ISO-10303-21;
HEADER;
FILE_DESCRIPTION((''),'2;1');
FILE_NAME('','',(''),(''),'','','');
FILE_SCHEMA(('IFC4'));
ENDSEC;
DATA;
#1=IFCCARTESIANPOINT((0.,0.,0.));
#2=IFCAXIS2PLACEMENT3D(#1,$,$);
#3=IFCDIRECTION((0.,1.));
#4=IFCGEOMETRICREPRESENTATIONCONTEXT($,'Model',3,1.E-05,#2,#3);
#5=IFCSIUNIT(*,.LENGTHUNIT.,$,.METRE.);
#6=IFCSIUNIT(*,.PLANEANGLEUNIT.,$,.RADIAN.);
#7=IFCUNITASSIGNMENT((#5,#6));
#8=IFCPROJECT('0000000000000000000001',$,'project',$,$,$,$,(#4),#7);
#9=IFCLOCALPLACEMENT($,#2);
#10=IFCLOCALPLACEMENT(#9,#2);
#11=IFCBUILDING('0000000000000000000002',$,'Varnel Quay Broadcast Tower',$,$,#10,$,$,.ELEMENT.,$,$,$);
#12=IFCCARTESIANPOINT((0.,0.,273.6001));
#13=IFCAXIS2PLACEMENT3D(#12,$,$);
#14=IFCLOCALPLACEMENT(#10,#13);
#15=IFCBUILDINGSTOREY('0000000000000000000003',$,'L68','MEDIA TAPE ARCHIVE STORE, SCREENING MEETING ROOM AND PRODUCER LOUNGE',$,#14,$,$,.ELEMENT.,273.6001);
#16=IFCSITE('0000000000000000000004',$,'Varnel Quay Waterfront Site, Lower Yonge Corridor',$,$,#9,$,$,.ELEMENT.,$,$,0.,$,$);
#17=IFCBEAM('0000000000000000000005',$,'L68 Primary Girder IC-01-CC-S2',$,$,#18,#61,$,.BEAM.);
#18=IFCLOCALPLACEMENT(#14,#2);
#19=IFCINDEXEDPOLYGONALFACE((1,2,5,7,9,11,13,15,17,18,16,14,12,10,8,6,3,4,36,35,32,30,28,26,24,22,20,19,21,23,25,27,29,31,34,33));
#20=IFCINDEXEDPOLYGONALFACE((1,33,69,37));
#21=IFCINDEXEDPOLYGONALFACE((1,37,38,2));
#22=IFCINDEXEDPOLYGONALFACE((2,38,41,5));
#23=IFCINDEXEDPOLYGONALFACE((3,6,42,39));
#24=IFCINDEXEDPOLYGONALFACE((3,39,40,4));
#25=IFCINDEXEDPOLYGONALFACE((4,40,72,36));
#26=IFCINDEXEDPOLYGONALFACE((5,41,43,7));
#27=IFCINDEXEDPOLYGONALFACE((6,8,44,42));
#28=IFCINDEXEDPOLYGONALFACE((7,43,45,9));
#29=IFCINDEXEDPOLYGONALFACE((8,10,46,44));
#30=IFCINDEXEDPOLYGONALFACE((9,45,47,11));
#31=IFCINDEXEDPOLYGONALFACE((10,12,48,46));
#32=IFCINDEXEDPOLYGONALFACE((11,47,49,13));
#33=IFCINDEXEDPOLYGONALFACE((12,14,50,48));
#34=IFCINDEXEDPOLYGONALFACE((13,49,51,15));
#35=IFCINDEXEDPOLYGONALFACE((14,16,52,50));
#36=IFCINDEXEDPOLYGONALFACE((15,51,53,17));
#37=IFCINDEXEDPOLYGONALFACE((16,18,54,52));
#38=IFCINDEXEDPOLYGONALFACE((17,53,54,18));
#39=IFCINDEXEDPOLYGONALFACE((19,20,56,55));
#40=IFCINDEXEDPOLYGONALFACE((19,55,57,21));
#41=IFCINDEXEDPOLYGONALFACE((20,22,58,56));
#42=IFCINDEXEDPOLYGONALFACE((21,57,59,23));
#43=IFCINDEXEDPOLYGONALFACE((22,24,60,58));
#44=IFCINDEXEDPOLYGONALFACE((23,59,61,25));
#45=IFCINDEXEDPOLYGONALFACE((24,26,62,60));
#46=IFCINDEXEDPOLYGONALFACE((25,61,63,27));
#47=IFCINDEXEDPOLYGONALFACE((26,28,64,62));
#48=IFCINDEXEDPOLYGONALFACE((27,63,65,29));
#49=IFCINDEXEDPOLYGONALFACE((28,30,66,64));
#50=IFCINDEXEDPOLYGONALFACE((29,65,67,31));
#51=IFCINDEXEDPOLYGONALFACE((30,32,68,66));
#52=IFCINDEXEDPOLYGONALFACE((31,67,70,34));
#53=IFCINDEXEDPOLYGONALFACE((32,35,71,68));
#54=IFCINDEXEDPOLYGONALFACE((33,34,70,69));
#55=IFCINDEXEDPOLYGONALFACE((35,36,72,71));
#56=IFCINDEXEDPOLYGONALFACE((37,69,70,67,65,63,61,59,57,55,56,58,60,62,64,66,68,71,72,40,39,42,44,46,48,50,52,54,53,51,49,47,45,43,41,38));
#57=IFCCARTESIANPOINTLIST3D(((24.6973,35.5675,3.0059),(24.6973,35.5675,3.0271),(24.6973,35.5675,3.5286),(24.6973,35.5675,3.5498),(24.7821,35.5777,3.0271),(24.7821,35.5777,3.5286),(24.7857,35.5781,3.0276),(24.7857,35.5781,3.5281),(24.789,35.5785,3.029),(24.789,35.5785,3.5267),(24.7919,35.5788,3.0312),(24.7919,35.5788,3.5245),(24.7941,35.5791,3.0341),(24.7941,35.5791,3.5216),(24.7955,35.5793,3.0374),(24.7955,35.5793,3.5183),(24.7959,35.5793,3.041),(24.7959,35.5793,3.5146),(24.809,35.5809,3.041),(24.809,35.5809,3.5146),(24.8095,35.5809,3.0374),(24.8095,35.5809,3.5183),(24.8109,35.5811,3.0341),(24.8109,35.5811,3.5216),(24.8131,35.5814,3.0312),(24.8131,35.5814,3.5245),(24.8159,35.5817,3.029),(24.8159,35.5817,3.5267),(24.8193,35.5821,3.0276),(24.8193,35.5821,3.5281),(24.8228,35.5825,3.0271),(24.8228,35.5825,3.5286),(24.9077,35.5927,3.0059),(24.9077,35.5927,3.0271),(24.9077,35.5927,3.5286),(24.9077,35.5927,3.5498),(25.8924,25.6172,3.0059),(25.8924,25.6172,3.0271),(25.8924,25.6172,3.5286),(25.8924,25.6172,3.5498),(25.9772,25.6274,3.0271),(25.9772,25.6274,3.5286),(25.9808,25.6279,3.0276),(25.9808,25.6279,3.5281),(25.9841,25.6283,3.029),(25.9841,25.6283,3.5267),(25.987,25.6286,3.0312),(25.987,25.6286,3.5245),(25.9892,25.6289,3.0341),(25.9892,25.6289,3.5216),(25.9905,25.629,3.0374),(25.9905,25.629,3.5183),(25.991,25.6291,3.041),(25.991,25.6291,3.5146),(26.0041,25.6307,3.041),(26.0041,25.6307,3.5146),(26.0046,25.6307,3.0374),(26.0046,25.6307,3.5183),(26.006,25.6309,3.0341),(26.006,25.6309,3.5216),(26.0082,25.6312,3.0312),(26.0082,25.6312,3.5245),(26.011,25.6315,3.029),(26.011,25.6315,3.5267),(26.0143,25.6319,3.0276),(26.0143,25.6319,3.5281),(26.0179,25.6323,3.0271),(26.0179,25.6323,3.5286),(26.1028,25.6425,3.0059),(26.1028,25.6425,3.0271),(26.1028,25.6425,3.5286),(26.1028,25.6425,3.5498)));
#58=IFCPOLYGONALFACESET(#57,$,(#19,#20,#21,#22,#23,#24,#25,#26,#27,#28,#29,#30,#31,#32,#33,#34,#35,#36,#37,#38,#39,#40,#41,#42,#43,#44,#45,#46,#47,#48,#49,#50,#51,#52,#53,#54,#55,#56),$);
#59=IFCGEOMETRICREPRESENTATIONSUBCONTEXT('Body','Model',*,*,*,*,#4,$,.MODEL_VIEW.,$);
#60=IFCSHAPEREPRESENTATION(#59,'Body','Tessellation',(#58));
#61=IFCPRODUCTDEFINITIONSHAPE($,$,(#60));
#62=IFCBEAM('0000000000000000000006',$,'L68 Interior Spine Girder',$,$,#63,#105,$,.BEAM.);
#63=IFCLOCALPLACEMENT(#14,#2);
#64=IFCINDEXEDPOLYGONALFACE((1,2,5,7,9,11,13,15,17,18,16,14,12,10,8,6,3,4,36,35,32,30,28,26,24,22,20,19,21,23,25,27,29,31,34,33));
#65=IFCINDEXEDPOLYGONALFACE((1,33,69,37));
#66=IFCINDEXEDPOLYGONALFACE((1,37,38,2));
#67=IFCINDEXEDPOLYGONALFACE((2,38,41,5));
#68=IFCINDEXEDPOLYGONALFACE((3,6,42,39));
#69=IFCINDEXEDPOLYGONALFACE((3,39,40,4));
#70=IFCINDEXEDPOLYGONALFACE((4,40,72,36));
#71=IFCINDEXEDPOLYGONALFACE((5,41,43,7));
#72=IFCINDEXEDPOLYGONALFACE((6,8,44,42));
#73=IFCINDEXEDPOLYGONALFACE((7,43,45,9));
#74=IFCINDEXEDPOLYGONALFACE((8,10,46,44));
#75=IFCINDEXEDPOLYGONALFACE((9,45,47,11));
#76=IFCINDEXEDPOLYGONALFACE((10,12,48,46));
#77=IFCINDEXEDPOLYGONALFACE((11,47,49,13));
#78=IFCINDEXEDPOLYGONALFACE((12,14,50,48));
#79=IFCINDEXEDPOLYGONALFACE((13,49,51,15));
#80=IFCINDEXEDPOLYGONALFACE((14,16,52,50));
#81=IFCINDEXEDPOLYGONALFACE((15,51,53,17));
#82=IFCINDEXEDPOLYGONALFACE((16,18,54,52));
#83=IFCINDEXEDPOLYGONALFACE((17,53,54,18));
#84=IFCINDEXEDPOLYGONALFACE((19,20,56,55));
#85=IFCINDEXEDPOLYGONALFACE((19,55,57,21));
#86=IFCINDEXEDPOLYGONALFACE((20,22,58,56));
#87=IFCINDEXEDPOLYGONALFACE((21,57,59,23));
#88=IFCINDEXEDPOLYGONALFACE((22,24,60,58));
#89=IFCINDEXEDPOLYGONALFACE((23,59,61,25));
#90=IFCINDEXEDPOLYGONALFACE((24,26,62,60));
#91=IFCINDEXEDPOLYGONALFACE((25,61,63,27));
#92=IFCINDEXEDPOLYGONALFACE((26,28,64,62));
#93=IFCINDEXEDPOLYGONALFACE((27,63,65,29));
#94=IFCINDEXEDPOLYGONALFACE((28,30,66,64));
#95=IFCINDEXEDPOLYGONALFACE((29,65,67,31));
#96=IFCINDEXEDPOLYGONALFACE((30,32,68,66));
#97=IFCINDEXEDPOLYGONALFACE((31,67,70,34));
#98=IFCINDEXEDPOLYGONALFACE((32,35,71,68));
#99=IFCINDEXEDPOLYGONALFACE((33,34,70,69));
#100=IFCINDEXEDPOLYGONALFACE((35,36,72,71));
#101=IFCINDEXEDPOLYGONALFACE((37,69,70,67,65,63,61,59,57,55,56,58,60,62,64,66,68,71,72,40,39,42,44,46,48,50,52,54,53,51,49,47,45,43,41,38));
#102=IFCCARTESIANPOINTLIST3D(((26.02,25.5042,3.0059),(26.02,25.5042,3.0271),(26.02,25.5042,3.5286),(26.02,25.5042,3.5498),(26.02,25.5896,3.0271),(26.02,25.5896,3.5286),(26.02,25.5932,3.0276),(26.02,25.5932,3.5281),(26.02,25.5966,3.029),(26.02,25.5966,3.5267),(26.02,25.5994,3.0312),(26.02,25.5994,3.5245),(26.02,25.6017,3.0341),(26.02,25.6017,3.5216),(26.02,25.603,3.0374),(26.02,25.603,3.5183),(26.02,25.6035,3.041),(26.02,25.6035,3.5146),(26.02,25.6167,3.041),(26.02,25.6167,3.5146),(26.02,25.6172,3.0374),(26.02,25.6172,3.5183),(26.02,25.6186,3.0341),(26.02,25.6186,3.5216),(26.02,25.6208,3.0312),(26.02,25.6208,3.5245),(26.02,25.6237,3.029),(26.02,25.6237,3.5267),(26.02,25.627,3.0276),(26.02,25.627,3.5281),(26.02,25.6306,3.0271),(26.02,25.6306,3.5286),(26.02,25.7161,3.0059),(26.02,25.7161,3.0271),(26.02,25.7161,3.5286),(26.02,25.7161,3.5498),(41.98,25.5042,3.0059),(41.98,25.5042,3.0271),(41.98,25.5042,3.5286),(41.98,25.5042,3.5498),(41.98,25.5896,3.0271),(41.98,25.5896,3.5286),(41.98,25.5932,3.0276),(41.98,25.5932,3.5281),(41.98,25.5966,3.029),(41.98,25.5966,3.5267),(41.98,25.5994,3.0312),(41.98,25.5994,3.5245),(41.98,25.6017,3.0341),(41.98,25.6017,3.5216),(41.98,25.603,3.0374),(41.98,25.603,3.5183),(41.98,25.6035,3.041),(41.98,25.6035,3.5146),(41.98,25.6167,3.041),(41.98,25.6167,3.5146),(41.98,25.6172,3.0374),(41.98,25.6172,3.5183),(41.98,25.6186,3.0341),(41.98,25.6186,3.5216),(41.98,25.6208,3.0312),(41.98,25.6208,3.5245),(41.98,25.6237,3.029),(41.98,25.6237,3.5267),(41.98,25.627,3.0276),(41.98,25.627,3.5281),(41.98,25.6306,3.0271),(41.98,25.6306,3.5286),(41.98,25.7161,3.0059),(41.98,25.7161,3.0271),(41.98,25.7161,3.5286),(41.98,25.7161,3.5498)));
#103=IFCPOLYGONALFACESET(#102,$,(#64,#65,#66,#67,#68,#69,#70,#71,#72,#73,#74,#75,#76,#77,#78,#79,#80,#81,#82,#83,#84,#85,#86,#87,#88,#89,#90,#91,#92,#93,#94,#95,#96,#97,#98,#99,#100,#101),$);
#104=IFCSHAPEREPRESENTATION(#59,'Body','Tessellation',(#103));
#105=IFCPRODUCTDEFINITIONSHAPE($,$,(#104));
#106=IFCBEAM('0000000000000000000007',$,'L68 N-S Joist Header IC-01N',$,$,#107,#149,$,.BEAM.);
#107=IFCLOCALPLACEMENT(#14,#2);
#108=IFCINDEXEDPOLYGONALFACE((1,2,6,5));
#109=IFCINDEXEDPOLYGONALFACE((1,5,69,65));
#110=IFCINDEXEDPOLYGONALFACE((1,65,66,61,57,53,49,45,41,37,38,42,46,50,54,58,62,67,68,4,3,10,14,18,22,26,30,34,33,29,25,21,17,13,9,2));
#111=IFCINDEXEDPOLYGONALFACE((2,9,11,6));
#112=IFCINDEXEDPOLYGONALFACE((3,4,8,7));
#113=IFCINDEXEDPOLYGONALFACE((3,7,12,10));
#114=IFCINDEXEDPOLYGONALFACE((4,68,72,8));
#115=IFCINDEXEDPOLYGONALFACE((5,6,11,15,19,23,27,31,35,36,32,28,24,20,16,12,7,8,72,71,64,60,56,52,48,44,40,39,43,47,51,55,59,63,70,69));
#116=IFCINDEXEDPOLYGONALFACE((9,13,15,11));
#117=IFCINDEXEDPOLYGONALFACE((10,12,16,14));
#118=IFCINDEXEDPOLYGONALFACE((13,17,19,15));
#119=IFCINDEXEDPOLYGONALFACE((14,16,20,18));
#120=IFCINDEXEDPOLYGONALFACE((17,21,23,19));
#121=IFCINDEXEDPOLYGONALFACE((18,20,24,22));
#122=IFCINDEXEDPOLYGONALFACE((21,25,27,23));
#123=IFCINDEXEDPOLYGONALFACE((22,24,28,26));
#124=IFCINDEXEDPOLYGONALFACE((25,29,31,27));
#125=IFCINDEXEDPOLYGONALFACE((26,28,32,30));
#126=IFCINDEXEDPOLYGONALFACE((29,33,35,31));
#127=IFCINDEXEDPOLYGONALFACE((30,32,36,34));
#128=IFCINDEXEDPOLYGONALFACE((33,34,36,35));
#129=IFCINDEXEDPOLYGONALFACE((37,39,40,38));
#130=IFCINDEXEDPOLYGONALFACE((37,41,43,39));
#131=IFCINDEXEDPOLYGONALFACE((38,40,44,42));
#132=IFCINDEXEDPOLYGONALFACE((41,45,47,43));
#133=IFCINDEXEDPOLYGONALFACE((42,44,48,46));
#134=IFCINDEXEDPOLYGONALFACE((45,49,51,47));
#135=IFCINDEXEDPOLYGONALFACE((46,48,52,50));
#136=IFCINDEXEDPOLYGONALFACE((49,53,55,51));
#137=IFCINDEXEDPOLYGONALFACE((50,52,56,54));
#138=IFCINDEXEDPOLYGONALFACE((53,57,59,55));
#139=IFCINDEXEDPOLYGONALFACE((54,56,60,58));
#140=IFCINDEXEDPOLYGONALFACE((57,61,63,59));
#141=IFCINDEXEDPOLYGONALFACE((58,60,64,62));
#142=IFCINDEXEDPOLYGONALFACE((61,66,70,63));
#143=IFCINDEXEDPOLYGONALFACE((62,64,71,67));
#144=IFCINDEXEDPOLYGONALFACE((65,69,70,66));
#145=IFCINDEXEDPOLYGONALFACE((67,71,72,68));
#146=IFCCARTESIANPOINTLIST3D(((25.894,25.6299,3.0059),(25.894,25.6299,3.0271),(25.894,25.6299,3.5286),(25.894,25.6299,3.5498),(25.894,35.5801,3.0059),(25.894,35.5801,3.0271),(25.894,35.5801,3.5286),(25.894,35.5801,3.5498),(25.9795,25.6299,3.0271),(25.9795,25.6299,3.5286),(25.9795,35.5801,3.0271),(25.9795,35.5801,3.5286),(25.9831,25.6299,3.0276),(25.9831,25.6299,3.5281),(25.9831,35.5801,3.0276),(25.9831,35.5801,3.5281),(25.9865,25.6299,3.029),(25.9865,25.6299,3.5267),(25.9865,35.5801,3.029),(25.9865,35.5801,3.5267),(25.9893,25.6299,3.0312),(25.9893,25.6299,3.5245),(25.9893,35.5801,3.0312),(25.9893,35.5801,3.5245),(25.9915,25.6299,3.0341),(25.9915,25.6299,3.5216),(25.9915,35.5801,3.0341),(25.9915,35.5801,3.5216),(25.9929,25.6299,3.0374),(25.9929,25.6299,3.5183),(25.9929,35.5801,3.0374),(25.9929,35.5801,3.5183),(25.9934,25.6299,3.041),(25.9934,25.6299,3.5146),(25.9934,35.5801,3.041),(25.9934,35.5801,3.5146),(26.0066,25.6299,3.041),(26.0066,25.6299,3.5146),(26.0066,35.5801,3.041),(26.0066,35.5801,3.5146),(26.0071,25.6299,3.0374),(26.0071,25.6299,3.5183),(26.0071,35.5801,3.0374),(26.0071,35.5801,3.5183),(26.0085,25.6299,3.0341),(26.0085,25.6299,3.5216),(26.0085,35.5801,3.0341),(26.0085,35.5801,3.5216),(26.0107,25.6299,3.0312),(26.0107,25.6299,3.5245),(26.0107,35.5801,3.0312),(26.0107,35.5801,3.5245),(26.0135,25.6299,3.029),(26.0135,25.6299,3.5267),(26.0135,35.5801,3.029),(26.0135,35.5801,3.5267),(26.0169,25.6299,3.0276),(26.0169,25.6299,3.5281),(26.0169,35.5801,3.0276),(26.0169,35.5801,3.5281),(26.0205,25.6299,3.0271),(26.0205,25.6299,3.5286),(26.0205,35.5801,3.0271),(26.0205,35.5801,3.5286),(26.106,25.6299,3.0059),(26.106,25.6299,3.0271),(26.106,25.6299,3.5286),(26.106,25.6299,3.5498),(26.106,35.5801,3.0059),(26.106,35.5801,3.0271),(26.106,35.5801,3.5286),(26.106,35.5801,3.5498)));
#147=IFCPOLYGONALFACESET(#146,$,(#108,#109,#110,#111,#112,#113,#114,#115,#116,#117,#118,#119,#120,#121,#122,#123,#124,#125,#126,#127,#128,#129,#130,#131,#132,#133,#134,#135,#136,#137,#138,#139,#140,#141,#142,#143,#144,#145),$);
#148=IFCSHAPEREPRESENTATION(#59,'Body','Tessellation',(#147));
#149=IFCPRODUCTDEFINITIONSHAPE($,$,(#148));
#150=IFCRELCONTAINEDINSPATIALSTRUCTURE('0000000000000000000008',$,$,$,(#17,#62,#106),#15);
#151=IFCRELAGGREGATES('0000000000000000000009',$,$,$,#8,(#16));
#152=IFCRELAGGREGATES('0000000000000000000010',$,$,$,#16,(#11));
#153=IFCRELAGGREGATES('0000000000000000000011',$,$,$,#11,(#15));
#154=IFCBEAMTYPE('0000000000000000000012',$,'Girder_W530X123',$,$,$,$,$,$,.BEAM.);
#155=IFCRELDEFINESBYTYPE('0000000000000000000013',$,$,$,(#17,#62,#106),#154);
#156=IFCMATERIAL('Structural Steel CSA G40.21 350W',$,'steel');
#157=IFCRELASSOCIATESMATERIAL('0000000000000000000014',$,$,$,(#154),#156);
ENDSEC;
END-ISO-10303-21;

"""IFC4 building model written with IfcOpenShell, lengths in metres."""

from ifc_helpers import new_model, si_unit, direction, frame, origin, origin_2d, place, context, subcontext, project, spatial, i_section, extrude, source, transform, mapped, material, material_profile, profile_set, type_object, type_shapes, element, save


model = new_model("IFC4")

# Units and contexts
model_context = context("Model", 3, precision=1e-05, world=origin(), true_north=direction((0.0, 1.0)))
body_context = subcontext(model_context, "Body", "Model", "MODEL_VIEW")
ifc_project = project(units=[si_unit("LENGTHUNIT", "METRE"), si_unit("PLANEANGLEUNIT", "RADIAN")], contexts=[model_context])

# Site, building, storey
site_placement = place(None, origin())
site = spatial("IfcSite", under=ifc_project, at=site_placement, Name="Varnel Quay Waterfront Site, Lower Yonge Corridor", CompositionType="ELEMENT", RefElevation=0.0)
building_placement = place(site_placement, origin())
building = spatial("IfcBuilding", under=site, at=building_placement, Name="Varnel Quay Broadcast Tower", CompositionType="ELEMENT")
storey_placement = place(building_placement, frame((0.0, 0.0, 273.6001)))
storey = spatial("IfcBuildingStorey", under=building, at=storey_placement, Name="L68", Description="MEDIA TAPE ARCHIVE STORE, SCREENING MEETING ROOM AND PRODUCER LOUNGE", CompositionType="ELEMENT", Elevation=273.6001)

# Shared definitions
ifc_material_1 = material(Name="Structural Steel CSA G40.21 350W", Category="steel")

# Beams
ifc_material_profile_1 = material_profile(ifc_material_1, i_section(OverallWidth=0.2119, OverallDepth=0.5439, WebThickness=0.0132, FlangeThickness=0.0212, FilletRadius=0.0139, at=origin_2d()), Name="W530X123")
ifc_profile_set_1 = profile_set([ifc_material_profile_1], Name="Structural Steel CSA G40.21 350W")
beam_type_1 = type_object("IfcBeamType", Name="Girder_W530X123", PredefinedType="BEAM", material=ifc_profile_set_1)
shared_shape_1 = source(origin(), body_context, "Body", "SweptSolid", [
    extrude(i_section(OverallWidth=0.2119, OverallDepth=0.5439, WebThickness=0.0132, FlangeThickness=0.0212, FilletRadius=0.0139, at=origin_2d()), origin(), (0.0, 0.0, 1.0), 10.0217),
])
beam_1_placement = place(storey_placement, frame((25.9976, 25.6299, 3.2778), z_axis=(-0.119248, 0.992864, 0.0), x_axis=(-0.992864, -0.119248, 0.0)))
element("IfcBeam", 1, at=beam_1_placement, inside=storey, type_object=beam_type_1, Name="L68 Primary Girder IC-01-CC-S2", PredefinedType="BEAM", context=body_context, shape_type="MappedRepresentation", body=[
    mapped(shared_shape_1, transform((0.0, 0.0, 0.0), x_axis=(1.0, 0.0, 0.0), y_axis=(0.0, 1.0, 0.0), z_axis=(0.0, 0.0, 1.0), scale=1.0)),
])
shared_shape_2 = source(origin(), body_context, "Body", "SweptSolid", [
    extrude(i_section(OverallWidth=0.2119, OverallDepth=0.5439, WebThickness=0.0132, FlangeThickness=0.0212, FilletRadius=0.0139, at=origin_2d()), origin(), (0.0, 0.0, 1.0), 15.96),
])
beam_2_placement = place(storey_placement, frame((26.02, 25.6101, 3.2778), z_axis=(1.0, 0.0, 0.0), x_axis=(0.0, 1.0, 0.0)))
element("IfcBeam", 2, at=beam_2_placement, inside=storey, type_object=beam_type_1, Name="L68 Interior Spine Girder", PredefinedType="BEAM", context=body_context, shape_type="MappedRepresentation", body=[
    mapped(shared_shape_2, transform((0.0, 0.0, 0.0), x_axis=(1.0, 0.0, 0.0), y_axis=(0.0, 1.0, 0.0), z_axis=(0.0, 0.0, 1.0), scale=1.0)),
])
shared_shape_3 = source(origin(), body_context, "Body", "SweptSolid", [
    extrude(i_section(OverallWidth=0.2119, OverallDepth=0.5439, WebThickness=0.0132, FlangeThickness=0.0212, FilletRadius=0.0139, at=origin_2d()), origin(), (0.0, 0.0, 1.0), 9.9502),
])
type_shapes(beam_type_1, [shared_shape_1, shared_shape_2, shared_shape_3])
beam_3_placement = place(storey_placement, frame((26.0, 25.6299, 3.2778), z_axis=(0.0, 1.0, 0.0), x_axis=(-1.0, 0.0, 0.0)))
element("IfcBeam", 3, at=beam_3_placement, inside=storey, type_object=beam_type_1, Name="L68 N-S Joist Header IC-01N", PredefinedType="BEAM", context=body_context, shape_type="MappedRepresentation", body=[
    mapped(shared_shape_3, transform((0.0, 0.0, 0.0), x_axis=(1.0, 0.0, 0.0), y_axis=(0.0, 1.0, 0.0), z_axis=(0.0, 0.0, 1.0), scale=1.0)),
])

save(model, "model.ifc")
